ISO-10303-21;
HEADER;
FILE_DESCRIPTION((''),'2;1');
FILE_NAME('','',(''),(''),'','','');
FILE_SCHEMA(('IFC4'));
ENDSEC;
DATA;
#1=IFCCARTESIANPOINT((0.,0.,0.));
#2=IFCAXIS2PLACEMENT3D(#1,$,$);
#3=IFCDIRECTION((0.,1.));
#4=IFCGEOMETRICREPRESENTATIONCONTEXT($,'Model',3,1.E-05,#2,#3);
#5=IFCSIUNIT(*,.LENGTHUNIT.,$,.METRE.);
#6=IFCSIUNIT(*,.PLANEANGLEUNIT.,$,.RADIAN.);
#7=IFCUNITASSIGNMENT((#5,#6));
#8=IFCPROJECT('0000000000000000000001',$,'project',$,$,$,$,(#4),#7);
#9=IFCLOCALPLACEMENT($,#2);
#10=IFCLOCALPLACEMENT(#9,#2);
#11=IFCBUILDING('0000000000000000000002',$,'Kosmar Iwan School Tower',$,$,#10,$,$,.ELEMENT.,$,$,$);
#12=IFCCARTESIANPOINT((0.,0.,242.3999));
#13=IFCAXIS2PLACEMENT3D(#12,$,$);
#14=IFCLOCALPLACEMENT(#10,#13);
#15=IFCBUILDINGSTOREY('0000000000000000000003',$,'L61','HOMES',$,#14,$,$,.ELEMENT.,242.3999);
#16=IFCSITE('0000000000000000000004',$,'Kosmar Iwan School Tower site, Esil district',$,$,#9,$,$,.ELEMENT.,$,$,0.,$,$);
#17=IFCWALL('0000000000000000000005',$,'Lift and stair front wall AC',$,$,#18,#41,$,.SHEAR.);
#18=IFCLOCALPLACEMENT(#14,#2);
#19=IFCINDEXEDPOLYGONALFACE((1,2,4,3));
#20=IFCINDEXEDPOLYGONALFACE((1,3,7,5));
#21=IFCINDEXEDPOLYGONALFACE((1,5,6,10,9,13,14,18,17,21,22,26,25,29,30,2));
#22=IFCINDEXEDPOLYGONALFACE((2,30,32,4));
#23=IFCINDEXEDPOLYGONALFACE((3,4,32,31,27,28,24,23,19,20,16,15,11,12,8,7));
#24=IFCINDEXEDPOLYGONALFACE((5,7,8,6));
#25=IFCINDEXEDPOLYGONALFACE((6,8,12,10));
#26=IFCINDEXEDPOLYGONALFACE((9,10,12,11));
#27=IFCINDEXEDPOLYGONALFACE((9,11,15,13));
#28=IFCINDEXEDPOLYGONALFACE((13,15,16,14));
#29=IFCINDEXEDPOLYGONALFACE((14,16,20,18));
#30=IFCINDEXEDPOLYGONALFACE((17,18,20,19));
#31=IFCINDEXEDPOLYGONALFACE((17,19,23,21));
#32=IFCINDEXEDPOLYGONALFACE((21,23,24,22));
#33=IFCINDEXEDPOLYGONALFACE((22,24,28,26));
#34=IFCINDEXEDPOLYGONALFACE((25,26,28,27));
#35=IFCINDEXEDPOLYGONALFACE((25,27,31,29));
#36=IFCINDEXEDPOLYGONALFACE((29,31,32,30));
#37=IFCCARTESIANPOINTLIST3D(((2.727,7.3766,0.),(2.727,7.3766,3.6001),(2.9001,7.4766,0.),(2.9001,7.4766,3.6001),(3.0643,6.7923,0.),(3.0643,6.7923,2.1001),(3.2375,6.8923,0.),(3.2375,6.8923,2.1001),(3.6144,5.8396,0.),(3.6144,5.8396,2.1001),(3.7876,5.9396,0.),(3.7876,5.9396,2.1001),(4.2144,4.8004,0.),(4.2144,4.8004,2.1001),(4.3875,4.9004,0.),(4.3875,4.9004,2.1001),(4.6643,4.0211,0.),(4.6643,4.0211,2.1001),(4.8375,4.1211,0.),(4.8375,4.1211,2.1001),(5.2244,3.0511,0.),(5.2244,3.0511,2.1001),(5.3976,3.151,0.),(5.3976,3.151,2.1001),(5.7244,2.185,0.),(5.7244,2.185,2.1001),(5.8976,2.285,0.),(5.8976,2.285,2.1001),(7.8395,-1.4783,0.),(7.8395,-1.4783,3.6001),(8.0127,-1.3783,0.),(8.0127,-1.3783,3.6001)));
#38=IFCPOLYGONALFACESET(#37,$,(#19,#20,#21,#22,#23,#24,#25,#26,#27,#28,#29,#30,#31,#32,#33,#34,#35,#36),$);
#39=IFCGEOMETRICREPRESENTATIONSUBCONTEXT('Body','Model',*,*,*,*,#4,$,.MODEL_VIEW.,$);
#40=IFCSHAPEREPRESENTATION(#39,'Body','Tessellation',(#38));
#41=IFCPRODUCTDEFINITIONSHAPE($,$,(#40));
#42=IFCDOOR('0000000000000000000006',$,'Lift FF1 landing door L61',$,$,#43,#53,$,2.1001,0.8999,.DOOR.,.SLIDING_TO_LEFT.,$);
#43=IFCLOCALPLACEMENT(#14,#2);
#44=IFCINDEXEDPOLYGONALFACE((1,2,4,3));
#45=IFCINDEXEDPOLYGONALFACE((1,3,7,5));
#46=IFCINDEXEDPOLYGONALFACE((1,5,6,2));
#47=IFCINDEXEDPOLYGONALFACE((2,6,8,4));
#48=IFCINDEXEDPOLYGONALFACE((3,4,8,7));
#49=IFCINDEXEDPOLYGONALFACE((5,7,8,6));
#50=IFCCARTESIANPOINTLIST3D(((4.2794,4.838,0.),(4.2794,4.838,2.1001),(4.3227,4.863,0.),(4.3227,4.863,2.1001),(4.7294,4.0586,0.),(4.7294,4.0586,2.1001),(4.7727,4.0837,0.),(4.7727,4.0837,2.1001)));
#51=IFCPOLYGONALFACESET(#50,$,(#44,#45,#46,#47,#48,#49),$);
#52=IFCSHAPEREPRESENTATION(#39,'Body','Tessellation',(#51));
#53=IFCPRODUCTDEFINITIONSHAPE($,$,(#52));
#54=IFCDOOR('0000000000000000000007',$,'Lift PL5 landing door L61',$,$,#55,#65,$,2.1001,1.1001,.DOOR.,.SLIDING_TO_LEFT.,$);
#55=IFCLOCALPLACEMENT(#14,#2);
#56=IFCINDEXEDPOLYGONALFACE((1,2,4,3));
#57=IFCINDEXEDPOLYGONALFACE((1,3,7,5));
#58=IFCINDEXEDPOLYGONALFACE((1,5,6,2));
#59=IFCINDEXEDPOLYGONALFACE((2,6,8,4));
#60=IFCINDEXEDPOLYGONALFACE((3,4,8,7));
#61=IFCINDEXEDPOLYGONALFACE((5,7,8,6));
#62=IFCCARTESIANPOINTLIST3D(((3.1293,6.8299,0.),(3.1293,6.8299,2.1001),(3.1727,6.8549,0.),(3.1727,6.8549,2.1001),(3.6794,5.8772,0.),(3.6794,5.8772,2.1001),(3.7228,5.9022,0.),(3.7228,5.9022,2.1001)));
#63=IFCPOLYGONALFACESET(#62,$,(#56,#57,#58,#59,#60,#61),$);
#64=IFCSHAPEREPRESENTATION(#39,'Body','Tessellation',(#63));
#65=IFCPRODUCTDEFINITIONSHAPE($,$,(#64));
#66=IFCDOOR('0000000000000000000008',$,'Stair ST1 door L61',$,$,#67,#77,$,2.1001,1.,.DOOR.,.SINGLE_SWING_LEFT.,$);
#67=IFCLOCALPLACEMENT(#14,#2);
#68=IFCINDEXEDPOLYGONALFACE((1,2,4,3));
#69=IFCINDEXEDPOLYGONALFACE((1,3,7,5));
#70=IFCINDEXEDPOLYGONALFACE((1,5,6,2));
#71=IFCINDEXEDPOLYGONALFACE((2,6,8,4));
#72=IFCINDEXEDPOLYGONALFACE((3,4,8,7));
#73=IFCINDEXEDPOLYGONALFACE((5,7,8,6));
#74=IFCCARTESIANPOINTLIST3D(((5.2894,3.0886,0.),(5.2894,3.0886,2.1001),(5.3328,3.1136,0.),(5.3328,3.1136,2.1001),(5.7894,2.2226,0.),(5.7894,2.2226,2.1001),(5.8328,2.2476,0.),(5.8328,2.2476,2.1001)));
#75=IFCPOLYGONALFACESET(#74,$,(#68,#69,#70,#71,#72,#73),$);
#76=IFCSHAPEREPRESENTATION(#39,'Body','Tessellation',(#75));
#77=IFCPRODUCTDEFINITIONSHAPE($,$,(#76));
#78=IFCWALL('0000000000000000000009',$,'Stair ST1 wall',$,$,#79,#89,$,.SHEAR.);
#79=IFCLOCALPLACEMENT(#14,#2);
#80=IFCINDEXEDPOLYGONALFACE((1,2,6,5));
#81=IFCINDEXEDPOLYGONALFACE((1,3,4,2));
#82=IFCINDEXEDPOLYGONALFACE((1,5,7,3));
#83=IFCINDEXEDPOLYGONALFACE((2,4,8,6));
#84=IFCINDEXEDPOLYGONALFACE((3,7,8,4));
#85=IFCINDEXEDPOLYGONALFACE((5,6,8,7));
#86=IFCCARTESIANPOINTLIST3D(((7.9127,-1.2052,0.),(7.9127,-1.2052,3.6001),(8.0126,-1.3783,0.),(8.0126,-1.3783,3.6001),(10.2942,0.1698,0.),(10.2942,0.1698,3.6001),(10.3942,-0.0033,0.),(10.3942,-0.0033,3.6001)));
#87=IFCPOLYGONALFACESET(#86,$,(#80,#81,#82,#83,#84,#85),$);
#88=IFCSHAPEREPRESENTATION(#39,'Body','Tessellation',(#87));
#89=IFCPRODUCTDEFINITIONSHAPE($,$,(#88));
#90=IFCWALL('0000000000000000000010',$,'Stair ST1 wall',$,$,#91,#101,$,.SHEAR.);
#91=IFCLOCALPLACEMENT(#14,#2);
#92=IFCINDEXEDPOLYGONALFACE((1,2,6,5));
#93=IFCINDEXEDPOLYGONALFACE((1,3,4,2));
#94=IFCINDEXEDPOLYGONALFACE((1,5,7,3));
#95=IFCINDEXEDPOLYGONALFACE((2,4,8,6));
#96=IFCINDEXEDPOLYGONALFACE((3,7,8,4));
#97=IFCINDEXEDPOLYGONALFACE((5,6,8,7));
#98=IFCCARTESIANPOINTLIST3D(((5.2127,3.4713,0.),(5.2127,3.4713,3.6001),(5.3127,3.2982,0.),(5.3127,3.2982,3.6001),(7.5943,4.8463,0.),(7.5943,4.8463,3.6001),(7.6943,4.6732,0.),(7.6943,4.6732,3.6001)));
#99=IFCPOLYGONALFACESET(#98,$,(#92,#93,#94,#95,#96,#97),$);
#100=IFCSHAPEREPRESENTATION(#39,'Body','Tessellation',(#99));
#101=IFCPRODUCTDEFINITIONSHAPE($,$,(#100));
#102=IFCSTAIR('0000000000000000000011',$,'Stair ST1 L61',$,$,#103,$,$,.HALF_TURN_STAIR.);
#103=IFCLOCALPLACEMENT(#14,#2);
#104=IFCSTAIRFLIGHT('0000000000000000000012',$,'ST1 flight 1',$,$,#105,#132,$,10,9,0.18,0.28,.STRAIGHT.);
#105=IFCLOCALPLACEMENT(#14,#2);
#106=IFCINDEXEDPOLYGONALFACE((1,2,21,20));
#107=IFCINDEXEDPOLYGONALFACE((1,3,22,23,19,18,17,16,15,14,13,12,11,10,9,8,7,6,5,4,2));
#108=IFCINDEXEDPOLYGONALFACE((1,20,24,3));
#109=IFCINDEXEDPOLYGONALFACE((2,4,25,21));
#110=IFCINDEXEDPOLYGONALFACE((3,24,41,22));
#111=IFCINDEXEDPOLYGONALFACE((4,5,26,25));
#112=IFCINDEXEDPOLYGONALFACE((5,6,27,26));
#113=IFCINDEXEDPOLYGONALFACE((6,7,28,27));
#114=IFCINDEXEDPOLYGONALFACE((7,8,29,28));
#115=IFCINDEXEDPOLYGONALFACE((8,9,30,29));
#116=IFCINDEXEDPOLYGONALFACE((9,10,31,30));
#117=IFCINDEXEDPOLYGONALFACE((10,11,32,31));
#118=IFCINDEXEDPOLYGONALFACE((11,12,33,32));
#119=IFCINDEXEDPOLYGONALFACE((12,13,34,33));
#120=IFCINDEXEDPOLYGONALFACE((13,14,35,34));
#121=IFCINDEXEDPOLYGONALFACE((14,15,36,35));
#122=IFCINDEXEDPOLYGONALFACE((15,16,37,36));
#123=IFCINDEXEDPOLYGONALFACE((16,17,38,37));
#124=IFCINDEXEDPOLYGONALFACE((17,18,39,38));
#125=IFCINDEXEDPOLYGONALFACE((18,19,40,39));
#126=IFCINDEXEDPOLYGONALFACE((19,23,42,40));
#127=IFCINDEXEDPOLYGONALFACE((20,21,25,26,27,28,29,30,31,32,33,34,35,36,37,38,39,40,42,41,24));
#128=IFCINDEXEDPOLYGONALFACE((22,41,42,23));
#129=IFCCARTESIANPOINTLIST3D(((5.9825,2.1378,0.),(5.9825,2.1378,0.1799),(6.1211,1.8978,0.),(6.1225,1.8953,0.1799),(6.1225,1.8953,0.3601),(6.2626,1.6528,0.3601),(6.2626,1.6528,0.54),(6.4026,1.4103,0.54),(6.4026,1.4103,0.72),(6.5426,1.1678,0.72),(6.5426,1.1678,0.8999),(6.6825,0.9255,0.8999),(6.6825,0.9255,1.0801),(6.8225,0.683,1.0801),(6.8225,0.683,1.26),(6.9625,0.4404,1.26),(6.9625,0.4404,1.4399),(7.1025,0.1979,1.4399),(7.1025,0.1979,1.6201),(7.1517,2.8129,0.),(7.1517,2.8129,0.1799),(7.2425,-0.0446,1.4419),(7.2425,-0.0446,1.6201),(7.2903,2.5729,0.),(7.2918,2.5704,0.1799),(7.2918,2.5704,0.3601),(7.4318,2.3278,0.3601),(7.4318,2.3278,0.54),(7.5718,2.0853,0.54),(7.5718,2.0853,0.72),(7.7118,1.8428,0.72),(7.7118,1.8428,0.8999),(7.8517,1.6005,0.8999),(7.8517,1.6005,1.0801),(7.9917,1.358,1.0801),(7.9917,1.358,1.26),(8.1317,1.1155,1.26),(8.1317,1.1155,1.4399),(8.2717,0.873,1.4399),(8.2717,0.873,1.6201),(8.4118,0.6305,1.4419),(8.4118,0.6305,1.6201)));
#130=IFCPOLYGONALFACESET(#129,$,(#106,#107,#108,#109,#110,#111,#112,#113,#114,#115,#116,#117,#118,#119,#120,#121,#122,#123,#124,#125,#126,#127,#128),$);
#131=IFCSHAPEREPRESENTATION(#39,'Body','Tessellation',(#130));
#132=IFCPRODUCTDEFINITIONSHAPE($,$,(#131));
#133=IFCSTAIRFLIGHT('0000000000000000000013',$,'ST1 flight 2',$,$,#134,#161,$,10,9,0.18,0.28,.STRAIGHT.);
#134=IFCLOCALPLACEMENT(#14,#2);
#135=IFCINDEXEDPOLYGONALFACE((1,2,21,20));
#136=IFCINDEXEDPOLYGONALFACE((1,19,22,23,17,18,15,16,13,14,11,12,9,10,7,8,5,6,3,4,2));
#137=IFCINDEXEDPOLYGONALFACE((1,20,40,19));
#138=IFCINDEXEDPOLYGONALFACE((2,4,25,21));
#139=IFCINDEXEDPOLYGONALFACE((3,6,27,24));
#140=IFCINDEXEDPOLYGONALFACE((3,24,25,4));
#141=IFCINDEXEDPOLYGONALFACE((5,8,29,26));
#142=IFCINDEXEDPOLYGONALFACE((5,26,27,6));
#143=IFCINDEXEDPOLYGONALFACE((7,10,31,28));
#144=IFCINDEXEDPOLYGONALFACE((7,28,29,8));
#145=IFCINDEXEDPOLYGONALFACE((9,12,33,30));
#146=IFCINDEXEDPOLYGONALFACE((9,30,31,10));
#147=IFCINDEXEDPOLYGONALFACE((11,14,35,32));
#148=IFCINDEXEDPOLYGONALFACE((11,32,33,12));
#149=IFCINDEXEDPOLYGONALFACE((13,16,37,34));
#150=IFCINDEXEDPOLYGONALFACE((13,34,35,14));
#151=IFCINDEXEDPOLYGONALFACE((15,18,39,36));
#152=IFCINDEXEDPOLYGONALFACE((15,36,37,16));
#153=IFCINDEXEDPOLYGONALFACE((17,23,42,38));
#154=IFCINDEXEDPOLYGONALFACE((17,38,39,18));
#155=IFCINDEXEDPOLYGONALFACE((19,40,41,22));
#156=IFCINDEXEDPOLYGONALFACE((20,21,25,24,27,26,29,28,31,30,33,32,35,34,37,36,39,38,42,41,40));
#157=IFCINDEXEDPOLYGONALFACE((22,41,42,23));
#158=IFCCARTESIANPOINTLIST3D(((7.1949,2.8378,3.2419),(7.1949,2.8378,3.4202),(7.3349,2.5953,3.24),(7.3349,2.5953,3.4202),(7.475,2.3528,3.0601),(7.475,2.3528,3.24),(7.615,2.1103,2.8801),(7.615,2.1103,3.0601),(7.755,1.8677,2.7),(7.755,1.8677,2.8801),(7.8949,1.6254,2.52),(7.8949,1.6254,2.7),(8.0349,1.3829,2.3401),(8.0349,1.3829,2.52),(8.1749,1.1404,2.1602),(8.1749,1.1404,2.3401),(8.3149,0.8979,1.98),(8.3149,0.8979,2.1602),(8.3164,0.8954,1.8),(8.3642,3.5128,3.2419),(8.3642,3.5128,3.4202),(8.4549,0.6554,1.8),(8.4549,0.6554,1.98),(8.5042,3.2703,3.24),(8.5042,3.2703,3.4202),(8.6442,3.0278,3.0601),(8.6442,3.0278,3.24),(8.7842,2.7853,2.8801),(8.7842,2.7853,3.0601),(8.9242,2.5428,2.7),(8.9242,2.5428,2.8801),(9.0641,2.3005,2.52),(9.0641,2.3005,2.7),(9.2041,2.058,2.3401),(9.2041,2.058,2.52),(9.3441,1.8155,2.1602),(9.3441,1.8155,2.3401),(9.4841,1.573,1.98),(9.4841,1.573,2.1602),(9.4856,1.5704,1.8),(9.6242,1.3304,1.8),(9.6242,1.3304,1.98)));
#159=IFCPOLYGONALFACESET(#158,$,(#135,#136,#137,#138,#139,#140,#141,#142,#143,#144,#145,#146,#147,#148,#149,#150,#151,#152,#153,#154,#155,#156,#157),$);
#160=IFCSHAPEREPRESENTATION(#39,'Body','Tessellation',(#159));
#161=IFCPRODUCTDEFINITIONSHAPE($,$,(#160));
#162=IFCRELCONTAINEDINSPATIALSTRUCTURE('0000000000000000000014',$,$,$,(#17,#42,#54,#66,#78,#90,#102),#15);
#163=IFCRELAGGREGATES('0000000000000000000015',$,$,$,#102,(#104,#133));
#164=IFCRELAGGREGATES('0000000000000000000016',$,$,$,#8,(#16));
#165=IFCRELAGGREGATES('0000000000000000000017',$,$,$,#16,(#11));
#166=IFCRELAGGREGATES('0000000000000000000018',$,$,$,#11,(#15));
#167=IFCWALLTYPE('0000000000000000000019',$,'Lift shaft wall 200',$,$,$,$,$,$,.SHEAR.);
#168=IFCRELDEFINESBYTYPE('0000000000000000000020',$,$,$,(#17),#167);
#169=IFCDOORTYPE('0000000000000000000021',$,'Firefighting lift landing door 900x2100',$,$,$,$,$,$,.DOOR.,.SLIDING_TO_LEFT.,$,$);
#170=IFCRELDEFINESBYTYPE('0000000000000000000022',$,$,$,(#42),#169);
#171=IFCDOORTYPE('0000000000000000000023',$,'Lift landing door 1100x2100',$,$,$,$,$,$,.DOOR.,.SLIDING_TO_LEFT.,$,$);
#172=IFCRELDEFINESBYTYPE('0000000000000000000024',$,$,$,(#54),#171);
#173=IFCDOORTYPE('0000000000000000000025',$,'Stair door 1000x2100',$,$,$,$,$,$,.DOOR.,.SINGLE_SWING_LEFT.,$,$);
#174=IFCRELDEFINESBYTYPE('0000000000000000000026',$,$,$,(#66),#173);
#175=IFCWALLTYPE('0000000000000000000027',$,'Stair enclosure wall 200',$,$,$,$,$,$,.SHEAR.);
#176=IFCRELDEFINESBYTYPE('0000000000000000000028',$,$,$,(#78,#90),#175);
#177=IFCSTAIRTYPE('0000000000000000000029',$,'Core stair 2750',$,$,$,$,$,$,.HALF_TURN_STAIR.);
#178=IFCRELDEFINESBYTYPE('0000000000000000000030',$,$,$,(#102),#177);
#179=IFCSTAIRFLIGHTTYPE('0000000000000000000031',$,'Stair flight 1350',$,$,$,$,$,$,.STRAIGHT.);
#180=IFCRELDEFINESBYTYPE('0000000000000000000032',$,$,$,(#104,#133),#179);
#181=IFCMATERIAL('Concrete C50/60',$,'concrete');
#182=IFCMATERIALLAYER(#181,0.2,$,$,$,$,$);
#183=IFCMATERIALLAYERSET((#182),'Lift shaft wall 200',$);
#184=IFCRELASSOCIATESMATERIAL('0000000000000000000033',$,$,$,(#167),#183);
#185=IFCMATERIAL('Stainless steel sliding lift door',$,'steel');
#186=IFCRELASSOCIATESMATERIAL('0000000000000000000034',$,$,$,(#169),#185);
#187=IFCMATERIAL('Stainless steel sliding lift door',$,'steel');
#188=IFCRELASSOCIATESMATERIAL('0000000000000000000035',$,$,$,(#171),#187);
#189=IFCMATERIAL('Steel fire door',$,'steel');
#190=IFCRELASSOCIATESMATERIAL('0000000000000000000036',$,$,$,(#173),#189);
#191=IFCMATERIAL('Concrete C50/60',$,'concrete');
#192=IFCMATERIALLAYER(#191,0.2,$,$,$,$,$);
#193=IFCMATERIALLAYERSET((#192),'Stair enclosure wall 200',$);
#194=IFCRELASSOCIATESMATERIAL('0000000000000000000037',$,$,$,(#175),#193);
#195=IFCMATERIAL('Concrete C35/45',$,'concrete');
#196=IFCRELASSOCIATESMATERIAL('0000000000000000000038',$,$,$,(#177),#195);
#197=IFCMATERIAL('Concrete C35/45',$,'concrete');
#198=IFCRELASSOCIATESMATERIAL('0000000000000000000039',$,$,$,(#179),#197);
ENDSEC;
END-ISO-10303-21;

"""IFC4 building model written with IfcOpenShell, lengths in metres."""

from ifc_helpers import new_model, si_unit, direction, frame, frame_2d, origin, place, context, subcontext, project, spatial, polyline, rectangle, outline, extrude, material, layer, layer_set, type_object, element, fill, aggregate, save


model = new_model("IFC4")

# Units and contexts
model_context = context("Model", 3, precision=1e-05, world=origin(), true_north=direction((0.0, 1.0)))
body_context = subcontext(model_context, "Body", "Model", "MODEL_VIEW")
ifc_project = project(units=[si_unit("LENGTHUNIT", "METRE"), si_unit("PLANEANGLEUNIT", "RADIAN")], contexts=[model_context])

# Site, building, storey
site_placement = place(None, origin())
site = spatial("IfcSite", under=ifc_project, at=site_placement, Name="Kosmar Iwan School Tower site, Esil district", CompositionType="ELEMENT", RefElevation=0.0)
building_placement = place(site_placement, origin())
building = spatial("IfcBuilding", under=site, at=building_placement, Name="Kosmar Iwan School Tower", CompositionType="ELEMENT")
storey_placement = place(building_placement, frame((0.0, 0.0, 242.3999)))
storey = spatial("IfcBuildingStorey", under=building, at=storey_placement, Name="L61", Description="HOMES", CompositionType="ELEMENT", Elevation=242.3999)

# Wall, openings, doors
ifc_material_1 = material(Name="Concrete C50/60", Category="concrete")
ifc_layer_1 = layer(ifc_material_1, 0.2)
ifc_layer_set_1 = layer_set([ifc_layer_1], Name="Lift shaft wall 200")
wall_type_1 = type_object("IfcWallType", Name="Lift shaft wall 200", PredefinedType="SHEAR", material=ifc_layer_set_1)
wall_1_placement = place(storey_placement, frame((7.926, -1.4282, 0.0), z_axis=(0.0, 0.0, 1.0), x_axis=(-0.500009, 0.86602, 0.0)))
wall_1 = element("IfcWall", 1, at=wall_1_placement, inside=storey, type_object=wall_type_1, Name="Lift and stair front wall AC", PredefinedType="SHEAR", context=body_context, shape_type="SweptSolid", body=[
    extrude(rectangle(XDim=10.2249, YDim=0.2, at=frame_2d((5.1123, 0.0))), origin(), (0.0, 0.0, 1.0), 3.6001),
])
opening_1_placement = place(wall_1_placement, frame((6.3501, 0.0, 0.0)))
opening_1 = element("IfcOpeningElement", 2, at=opening_1_placement, cuts=wall_1, PredefinedType="OPENING", context=body_context, shape_type="SweptSolid", body=[
    extrude(rectangle(XDim=0.8999, YDim=2.1001, at=frame_2d((0.45, 1.05))), frame((0.0, 0.1121, 0.0), z_axis=(0.0, -1.0, 0.0), x_axis=(1.0, 0.0, 0.0)), (0.0, 0.0, 1.0), 0.2239),
])
opening_2_placement = place(wall_1_placement, frame((8.45, 0.0, 0.0)))
opening_2 = element("IfcOpeningElement", 3, at=opening_2_placement, cuts=wall_1, PredefinedType="OPENING", context=body_context, shape_type="SweptSolid", body=[
    extrude(rectangle(XDim=1.1001, YDim=2.1001, at=frame_2d((0.55, 1.05))), frame((0.0, 0.1121, 0.0), z_axis=(0.0, -1.0, 0.0), x_axis=(1.0, 0.0, 0.0)), (0.0, 0.0, 1.0), 0.2239),
])
opening_3_placement = place(wall_1_placement, frame((4.23, 0.0, 0.0)))
opening_3 = element("IfcOpeningElement", 4, at=opening_3_placement, cuts=wall_1, PredefinedType="OPENING", context=body_context, shape_type="SweptSolid", body=[
    extrude(rectangle(XDim=1.0, YDim=2.1001, at=frame_2d((0.5, 1.05))), frame((0.0, 0.1121, 0.0), z_axis=(0.0, -1.0, 0.0), x_axis=(1.0, 0.0, 0.0)), (0.0, 0.0, 1.0), 0.2239),
])
ifc_material_2 = material(Name="Stainless steel sliding lift door", Category="steel")
door_type_1 = type_object("IfcDoorType", Name="Firefighting lift landing door 900x2100", OperationType="SLIDING_TO_LEFT", PredefinedType="DOOR", material=ifc_material_2)
door_1_placement = place(opening_1_placement, origin())
door_1 = element("IfcDoor", 5, at=door_1_placement, inside=storey, type_object=door_type_1, Name="Lift FF1 landing door L61", OperationType="SLIDING_TO_LEFT", OverallHeight=2.1001, OverallWidth=0.8999, PredefinedType="DOOR", context=body_context, shape_type="SweptSolid", body=[
    extrude(rectangle(XDim=0.8999, YDim=2.1001, at=frame_2d((0.45, 1.05))), frame((0.0, 0.0249, 0.0), z_axis=(0.0, -1.0, 0.0), x_axis=(1.0, 0.0, 0.0)), (0.0, 0.0, 1.0), 0.05),
])
fill(opening_1, door_1)
ifc_material_3 = material(Name="Stainless steel sliding lift door", Category="steel")
door_type_2 = type_object("IfcDoorType", Name="Lift landing door 1100x2100", OperationType="SLIDING_TO_LEFT", PredefinedType="DOOR", material=ifc_material_3)
door_2_placement = place(opening_2_placement, origin())
door_2 = element("IfcDoor", 6, at=door_2_placement, inside=storey, type_object=door_type_2, Name="Lift PL5 landing door L61", OperationType="SLIDING_TO_LEFT", OverallHeight=2.1001, OverallWidth=1.1001, PredefinedType="DOOR", context=body_context, shape_type="SweptSolid", body=[
    extrude(rectangle(XDim=1.1001, YDim=2.1001, at=frame_2d((0.55, 1.05))), frame((0.0, 0.0249, 0.0), z_axis=(0.0, -1.0, 0.0), x_axis=(1.0, 0.0, 0.0)), (0.0, 0.0, 1.0), 0.05),
])
fill(opening_2, door_2)
ifc_material_4 = material(Name="Steel fire door", Category="steel")
door_type_3 = type_object("IfcDoorType", Name="Stair door 1000x2100", OperationType="SINGLE_SWING_LEFT", PredefinedType="DOOR", material=ifc_material_4)
door_3_placement = place(opening_3_placement, origin())
door_3 = element("IfcDoor", 7, at=door_3_placement, inside=storey, type_object=door_type_3, Name="Stair ST1 door L61", OperationType="SINGLE_SWING_LEFT", OverallHeight=2.1001, OverallWidth=1.0, PredefinedType="DOOR", context=body_context, shape_type="SweptSolid", body=[
    extrude(rectangle(XDim=1.0, YDim=2.1001, at=frame_2d((0.5, 1.05))), frame((0.0, 0.0249, 0.0), z_axis=(0.0, -1.0, 0.0), x_axis=(1.0, 0.0, 0.0)), (0.0, 0.0, 1.0), 0.05),
])
fill(opening_3, door_3)

# Walls
ifc_material_5 = material(Name="Concrete C50/60", Category="concrete")
ifc_layer_2 = layer(ifc_material_5, 0.2)
ifc_layer_set_2 = layer_set([ifc_layer_2], Name="Stair enclosure wall 200")
wall_type_2 = type_object("IfcWallType", Name="Stair enclosure wall 200", PredefinedType="SHEAR", material=ifc_layer_set_2)
for number, where, z_axis, x_axis, name in (
    (8, (7.9626, -1.2917, 0.0), (0.0, 0.0, 1.0), (0.866027, 0.499997, 0.0), "Stair ST1 wall"),
    (9, (5.2627, 3.3848, 0.0), (0.0, 0.0, 1.0), (0.866027, 0.499997, 0.0), "Stair ST1 wall"),
):
    element("IfcWall", number, at=place(storey_placement, frame(where, z_axis=z_axis, x_axis=x_axis)), inside=storey, type_object=wall_type_2, Name=name, PredefinedType="SHEAR", context=body_context, shape_type="SweptSolid", body=[
        extrude(rectangle(XDim=2.75, YDim=0.2, at=frame_2d((1.375, 0.0))), origin(), (0.0, 0.0, 1.0), 3.6001),
    ])

# Stair, stair flights
ifc_material_6 = material(Name="Concrete C35/45", Category="concrete")
stair_type = type_object("IfcStairType", Name="Core stair 2750", PredefinedType="HALF_TURN_STAIR", material=ifc_material_6)
stair_placement = place(storey_placement, origin())
stair = element("IfcStair", 10, at=stair_placement, inside=storey, type_object=stair_type, Name="Stair ST1 L61", PredefinedType="HALF_TURN_STAIR")
ifc_material_7 = material(Name="Concrete C35/45", Category="concrete")
stair_flight_type = type_object("IfcStairFlightType", Name="Stair flight 1350", PredefinedType="STRAIGHT", material=ifc_material_7)
stair_flight_1_placement = place(storey_placement, frame((6.5671, 2.4753, 0.0), z_axis=(0.0, 0.0, 1.0), x_axis=(0.5, -0.866025, 0.0)))
stair_flight_1 = element("IfcStairFlight", 11, at=stair_flight_1_placement, type_object=stair_flight_type, Name="ST1 flight 1", NumberOfRisers=10, NumberOfTreads=9, PredefinedType="STRAIGHT", RiserHeight=0.18, TreadLength=0.28, context=body_context, shape_type="SweptSolid", body=[
    extrude(outline(polyline([(0.0, 0.0), (0.0, 0.1799), (0.28, 0.1799), (0.28, 0.3601), (0.5601, 0.3601), (0.5601, 0.54), (0.8401, 0.54), (0.8401, 0.72), (1.1201, 0.72), (1.1201, 0.8999), (1.3999, 0.8999), (1.3999, 1.0801), (1.6799, 1.0801), (1.6799, 1.26), (1.96, 1.26), (1.96, 1.4399), (2.24, 1.4399), (2.24, 1.6201), (2.52, 1.6201), (2.52, 1.8), (2.52, 1.4419), (0.2771, 0.0), (0.0, 0.0)])), frame((0.0, 0.675, 0.0), z_axis=(0.0, -1.0, 0.0), x_axis=(1.0, 0.0, 0.0)), (0.0, 0.0, 1.0), 1.3501),
])
stair_flight_2_placement = place(storey_placement, frame((9.0396, 0.9929, 1.8), z_axis=(0.0, 0.0, 1.0), x_axis=(-0.5, 0.866025, 0.0)))
stair_flight_2 = element("IfcStairFlight", 12, at=stair_flight_2_placement, type_object=stair_flight_type, Name="ST1 flight 2", NumberOfRisers=10, NumberOfTreads=9, PredefinedType="STRAIGHT", RiserHeight=0.18, TreadLength=0.28, context=body_context, shape_type="SweptSolid", body=[
    extrude(outline(polyline([(0.0, 0.0), (0.0, 0.1799), (0.28, 0.1799), (0.28, 0.3601), (0.5601, 0.3601), (0.5601, 0.54), (0.8401, 0.54), (0.8401, 0.72), (1.1201, 0.72), (1.1201, 0.8999), (1.3999, 0.8999), (1.3999, 1.0801), (1.6799, 1.0801), (1.6799, 1.26), (1.96, 1.26), (1.96, 1.4399), (2.24, 1.4399), (2.24, 1.6201), (2.52, 1.6201), (2.52, 1.8), (2.52, 1.4419), (0.2771, 0.0), (0.0, 0.0)])), frame((0.0, 0.675, 0.0), z_axis=(0.0, -1.0, 0.0), x_axis=(1.0, 0.0, 0.0)), (0.0, 0.0, 1.0), 1.3501),
])
aggregate(stair, [stair_flight_1, stair_flight_2])

save(model, "model.ifc")
